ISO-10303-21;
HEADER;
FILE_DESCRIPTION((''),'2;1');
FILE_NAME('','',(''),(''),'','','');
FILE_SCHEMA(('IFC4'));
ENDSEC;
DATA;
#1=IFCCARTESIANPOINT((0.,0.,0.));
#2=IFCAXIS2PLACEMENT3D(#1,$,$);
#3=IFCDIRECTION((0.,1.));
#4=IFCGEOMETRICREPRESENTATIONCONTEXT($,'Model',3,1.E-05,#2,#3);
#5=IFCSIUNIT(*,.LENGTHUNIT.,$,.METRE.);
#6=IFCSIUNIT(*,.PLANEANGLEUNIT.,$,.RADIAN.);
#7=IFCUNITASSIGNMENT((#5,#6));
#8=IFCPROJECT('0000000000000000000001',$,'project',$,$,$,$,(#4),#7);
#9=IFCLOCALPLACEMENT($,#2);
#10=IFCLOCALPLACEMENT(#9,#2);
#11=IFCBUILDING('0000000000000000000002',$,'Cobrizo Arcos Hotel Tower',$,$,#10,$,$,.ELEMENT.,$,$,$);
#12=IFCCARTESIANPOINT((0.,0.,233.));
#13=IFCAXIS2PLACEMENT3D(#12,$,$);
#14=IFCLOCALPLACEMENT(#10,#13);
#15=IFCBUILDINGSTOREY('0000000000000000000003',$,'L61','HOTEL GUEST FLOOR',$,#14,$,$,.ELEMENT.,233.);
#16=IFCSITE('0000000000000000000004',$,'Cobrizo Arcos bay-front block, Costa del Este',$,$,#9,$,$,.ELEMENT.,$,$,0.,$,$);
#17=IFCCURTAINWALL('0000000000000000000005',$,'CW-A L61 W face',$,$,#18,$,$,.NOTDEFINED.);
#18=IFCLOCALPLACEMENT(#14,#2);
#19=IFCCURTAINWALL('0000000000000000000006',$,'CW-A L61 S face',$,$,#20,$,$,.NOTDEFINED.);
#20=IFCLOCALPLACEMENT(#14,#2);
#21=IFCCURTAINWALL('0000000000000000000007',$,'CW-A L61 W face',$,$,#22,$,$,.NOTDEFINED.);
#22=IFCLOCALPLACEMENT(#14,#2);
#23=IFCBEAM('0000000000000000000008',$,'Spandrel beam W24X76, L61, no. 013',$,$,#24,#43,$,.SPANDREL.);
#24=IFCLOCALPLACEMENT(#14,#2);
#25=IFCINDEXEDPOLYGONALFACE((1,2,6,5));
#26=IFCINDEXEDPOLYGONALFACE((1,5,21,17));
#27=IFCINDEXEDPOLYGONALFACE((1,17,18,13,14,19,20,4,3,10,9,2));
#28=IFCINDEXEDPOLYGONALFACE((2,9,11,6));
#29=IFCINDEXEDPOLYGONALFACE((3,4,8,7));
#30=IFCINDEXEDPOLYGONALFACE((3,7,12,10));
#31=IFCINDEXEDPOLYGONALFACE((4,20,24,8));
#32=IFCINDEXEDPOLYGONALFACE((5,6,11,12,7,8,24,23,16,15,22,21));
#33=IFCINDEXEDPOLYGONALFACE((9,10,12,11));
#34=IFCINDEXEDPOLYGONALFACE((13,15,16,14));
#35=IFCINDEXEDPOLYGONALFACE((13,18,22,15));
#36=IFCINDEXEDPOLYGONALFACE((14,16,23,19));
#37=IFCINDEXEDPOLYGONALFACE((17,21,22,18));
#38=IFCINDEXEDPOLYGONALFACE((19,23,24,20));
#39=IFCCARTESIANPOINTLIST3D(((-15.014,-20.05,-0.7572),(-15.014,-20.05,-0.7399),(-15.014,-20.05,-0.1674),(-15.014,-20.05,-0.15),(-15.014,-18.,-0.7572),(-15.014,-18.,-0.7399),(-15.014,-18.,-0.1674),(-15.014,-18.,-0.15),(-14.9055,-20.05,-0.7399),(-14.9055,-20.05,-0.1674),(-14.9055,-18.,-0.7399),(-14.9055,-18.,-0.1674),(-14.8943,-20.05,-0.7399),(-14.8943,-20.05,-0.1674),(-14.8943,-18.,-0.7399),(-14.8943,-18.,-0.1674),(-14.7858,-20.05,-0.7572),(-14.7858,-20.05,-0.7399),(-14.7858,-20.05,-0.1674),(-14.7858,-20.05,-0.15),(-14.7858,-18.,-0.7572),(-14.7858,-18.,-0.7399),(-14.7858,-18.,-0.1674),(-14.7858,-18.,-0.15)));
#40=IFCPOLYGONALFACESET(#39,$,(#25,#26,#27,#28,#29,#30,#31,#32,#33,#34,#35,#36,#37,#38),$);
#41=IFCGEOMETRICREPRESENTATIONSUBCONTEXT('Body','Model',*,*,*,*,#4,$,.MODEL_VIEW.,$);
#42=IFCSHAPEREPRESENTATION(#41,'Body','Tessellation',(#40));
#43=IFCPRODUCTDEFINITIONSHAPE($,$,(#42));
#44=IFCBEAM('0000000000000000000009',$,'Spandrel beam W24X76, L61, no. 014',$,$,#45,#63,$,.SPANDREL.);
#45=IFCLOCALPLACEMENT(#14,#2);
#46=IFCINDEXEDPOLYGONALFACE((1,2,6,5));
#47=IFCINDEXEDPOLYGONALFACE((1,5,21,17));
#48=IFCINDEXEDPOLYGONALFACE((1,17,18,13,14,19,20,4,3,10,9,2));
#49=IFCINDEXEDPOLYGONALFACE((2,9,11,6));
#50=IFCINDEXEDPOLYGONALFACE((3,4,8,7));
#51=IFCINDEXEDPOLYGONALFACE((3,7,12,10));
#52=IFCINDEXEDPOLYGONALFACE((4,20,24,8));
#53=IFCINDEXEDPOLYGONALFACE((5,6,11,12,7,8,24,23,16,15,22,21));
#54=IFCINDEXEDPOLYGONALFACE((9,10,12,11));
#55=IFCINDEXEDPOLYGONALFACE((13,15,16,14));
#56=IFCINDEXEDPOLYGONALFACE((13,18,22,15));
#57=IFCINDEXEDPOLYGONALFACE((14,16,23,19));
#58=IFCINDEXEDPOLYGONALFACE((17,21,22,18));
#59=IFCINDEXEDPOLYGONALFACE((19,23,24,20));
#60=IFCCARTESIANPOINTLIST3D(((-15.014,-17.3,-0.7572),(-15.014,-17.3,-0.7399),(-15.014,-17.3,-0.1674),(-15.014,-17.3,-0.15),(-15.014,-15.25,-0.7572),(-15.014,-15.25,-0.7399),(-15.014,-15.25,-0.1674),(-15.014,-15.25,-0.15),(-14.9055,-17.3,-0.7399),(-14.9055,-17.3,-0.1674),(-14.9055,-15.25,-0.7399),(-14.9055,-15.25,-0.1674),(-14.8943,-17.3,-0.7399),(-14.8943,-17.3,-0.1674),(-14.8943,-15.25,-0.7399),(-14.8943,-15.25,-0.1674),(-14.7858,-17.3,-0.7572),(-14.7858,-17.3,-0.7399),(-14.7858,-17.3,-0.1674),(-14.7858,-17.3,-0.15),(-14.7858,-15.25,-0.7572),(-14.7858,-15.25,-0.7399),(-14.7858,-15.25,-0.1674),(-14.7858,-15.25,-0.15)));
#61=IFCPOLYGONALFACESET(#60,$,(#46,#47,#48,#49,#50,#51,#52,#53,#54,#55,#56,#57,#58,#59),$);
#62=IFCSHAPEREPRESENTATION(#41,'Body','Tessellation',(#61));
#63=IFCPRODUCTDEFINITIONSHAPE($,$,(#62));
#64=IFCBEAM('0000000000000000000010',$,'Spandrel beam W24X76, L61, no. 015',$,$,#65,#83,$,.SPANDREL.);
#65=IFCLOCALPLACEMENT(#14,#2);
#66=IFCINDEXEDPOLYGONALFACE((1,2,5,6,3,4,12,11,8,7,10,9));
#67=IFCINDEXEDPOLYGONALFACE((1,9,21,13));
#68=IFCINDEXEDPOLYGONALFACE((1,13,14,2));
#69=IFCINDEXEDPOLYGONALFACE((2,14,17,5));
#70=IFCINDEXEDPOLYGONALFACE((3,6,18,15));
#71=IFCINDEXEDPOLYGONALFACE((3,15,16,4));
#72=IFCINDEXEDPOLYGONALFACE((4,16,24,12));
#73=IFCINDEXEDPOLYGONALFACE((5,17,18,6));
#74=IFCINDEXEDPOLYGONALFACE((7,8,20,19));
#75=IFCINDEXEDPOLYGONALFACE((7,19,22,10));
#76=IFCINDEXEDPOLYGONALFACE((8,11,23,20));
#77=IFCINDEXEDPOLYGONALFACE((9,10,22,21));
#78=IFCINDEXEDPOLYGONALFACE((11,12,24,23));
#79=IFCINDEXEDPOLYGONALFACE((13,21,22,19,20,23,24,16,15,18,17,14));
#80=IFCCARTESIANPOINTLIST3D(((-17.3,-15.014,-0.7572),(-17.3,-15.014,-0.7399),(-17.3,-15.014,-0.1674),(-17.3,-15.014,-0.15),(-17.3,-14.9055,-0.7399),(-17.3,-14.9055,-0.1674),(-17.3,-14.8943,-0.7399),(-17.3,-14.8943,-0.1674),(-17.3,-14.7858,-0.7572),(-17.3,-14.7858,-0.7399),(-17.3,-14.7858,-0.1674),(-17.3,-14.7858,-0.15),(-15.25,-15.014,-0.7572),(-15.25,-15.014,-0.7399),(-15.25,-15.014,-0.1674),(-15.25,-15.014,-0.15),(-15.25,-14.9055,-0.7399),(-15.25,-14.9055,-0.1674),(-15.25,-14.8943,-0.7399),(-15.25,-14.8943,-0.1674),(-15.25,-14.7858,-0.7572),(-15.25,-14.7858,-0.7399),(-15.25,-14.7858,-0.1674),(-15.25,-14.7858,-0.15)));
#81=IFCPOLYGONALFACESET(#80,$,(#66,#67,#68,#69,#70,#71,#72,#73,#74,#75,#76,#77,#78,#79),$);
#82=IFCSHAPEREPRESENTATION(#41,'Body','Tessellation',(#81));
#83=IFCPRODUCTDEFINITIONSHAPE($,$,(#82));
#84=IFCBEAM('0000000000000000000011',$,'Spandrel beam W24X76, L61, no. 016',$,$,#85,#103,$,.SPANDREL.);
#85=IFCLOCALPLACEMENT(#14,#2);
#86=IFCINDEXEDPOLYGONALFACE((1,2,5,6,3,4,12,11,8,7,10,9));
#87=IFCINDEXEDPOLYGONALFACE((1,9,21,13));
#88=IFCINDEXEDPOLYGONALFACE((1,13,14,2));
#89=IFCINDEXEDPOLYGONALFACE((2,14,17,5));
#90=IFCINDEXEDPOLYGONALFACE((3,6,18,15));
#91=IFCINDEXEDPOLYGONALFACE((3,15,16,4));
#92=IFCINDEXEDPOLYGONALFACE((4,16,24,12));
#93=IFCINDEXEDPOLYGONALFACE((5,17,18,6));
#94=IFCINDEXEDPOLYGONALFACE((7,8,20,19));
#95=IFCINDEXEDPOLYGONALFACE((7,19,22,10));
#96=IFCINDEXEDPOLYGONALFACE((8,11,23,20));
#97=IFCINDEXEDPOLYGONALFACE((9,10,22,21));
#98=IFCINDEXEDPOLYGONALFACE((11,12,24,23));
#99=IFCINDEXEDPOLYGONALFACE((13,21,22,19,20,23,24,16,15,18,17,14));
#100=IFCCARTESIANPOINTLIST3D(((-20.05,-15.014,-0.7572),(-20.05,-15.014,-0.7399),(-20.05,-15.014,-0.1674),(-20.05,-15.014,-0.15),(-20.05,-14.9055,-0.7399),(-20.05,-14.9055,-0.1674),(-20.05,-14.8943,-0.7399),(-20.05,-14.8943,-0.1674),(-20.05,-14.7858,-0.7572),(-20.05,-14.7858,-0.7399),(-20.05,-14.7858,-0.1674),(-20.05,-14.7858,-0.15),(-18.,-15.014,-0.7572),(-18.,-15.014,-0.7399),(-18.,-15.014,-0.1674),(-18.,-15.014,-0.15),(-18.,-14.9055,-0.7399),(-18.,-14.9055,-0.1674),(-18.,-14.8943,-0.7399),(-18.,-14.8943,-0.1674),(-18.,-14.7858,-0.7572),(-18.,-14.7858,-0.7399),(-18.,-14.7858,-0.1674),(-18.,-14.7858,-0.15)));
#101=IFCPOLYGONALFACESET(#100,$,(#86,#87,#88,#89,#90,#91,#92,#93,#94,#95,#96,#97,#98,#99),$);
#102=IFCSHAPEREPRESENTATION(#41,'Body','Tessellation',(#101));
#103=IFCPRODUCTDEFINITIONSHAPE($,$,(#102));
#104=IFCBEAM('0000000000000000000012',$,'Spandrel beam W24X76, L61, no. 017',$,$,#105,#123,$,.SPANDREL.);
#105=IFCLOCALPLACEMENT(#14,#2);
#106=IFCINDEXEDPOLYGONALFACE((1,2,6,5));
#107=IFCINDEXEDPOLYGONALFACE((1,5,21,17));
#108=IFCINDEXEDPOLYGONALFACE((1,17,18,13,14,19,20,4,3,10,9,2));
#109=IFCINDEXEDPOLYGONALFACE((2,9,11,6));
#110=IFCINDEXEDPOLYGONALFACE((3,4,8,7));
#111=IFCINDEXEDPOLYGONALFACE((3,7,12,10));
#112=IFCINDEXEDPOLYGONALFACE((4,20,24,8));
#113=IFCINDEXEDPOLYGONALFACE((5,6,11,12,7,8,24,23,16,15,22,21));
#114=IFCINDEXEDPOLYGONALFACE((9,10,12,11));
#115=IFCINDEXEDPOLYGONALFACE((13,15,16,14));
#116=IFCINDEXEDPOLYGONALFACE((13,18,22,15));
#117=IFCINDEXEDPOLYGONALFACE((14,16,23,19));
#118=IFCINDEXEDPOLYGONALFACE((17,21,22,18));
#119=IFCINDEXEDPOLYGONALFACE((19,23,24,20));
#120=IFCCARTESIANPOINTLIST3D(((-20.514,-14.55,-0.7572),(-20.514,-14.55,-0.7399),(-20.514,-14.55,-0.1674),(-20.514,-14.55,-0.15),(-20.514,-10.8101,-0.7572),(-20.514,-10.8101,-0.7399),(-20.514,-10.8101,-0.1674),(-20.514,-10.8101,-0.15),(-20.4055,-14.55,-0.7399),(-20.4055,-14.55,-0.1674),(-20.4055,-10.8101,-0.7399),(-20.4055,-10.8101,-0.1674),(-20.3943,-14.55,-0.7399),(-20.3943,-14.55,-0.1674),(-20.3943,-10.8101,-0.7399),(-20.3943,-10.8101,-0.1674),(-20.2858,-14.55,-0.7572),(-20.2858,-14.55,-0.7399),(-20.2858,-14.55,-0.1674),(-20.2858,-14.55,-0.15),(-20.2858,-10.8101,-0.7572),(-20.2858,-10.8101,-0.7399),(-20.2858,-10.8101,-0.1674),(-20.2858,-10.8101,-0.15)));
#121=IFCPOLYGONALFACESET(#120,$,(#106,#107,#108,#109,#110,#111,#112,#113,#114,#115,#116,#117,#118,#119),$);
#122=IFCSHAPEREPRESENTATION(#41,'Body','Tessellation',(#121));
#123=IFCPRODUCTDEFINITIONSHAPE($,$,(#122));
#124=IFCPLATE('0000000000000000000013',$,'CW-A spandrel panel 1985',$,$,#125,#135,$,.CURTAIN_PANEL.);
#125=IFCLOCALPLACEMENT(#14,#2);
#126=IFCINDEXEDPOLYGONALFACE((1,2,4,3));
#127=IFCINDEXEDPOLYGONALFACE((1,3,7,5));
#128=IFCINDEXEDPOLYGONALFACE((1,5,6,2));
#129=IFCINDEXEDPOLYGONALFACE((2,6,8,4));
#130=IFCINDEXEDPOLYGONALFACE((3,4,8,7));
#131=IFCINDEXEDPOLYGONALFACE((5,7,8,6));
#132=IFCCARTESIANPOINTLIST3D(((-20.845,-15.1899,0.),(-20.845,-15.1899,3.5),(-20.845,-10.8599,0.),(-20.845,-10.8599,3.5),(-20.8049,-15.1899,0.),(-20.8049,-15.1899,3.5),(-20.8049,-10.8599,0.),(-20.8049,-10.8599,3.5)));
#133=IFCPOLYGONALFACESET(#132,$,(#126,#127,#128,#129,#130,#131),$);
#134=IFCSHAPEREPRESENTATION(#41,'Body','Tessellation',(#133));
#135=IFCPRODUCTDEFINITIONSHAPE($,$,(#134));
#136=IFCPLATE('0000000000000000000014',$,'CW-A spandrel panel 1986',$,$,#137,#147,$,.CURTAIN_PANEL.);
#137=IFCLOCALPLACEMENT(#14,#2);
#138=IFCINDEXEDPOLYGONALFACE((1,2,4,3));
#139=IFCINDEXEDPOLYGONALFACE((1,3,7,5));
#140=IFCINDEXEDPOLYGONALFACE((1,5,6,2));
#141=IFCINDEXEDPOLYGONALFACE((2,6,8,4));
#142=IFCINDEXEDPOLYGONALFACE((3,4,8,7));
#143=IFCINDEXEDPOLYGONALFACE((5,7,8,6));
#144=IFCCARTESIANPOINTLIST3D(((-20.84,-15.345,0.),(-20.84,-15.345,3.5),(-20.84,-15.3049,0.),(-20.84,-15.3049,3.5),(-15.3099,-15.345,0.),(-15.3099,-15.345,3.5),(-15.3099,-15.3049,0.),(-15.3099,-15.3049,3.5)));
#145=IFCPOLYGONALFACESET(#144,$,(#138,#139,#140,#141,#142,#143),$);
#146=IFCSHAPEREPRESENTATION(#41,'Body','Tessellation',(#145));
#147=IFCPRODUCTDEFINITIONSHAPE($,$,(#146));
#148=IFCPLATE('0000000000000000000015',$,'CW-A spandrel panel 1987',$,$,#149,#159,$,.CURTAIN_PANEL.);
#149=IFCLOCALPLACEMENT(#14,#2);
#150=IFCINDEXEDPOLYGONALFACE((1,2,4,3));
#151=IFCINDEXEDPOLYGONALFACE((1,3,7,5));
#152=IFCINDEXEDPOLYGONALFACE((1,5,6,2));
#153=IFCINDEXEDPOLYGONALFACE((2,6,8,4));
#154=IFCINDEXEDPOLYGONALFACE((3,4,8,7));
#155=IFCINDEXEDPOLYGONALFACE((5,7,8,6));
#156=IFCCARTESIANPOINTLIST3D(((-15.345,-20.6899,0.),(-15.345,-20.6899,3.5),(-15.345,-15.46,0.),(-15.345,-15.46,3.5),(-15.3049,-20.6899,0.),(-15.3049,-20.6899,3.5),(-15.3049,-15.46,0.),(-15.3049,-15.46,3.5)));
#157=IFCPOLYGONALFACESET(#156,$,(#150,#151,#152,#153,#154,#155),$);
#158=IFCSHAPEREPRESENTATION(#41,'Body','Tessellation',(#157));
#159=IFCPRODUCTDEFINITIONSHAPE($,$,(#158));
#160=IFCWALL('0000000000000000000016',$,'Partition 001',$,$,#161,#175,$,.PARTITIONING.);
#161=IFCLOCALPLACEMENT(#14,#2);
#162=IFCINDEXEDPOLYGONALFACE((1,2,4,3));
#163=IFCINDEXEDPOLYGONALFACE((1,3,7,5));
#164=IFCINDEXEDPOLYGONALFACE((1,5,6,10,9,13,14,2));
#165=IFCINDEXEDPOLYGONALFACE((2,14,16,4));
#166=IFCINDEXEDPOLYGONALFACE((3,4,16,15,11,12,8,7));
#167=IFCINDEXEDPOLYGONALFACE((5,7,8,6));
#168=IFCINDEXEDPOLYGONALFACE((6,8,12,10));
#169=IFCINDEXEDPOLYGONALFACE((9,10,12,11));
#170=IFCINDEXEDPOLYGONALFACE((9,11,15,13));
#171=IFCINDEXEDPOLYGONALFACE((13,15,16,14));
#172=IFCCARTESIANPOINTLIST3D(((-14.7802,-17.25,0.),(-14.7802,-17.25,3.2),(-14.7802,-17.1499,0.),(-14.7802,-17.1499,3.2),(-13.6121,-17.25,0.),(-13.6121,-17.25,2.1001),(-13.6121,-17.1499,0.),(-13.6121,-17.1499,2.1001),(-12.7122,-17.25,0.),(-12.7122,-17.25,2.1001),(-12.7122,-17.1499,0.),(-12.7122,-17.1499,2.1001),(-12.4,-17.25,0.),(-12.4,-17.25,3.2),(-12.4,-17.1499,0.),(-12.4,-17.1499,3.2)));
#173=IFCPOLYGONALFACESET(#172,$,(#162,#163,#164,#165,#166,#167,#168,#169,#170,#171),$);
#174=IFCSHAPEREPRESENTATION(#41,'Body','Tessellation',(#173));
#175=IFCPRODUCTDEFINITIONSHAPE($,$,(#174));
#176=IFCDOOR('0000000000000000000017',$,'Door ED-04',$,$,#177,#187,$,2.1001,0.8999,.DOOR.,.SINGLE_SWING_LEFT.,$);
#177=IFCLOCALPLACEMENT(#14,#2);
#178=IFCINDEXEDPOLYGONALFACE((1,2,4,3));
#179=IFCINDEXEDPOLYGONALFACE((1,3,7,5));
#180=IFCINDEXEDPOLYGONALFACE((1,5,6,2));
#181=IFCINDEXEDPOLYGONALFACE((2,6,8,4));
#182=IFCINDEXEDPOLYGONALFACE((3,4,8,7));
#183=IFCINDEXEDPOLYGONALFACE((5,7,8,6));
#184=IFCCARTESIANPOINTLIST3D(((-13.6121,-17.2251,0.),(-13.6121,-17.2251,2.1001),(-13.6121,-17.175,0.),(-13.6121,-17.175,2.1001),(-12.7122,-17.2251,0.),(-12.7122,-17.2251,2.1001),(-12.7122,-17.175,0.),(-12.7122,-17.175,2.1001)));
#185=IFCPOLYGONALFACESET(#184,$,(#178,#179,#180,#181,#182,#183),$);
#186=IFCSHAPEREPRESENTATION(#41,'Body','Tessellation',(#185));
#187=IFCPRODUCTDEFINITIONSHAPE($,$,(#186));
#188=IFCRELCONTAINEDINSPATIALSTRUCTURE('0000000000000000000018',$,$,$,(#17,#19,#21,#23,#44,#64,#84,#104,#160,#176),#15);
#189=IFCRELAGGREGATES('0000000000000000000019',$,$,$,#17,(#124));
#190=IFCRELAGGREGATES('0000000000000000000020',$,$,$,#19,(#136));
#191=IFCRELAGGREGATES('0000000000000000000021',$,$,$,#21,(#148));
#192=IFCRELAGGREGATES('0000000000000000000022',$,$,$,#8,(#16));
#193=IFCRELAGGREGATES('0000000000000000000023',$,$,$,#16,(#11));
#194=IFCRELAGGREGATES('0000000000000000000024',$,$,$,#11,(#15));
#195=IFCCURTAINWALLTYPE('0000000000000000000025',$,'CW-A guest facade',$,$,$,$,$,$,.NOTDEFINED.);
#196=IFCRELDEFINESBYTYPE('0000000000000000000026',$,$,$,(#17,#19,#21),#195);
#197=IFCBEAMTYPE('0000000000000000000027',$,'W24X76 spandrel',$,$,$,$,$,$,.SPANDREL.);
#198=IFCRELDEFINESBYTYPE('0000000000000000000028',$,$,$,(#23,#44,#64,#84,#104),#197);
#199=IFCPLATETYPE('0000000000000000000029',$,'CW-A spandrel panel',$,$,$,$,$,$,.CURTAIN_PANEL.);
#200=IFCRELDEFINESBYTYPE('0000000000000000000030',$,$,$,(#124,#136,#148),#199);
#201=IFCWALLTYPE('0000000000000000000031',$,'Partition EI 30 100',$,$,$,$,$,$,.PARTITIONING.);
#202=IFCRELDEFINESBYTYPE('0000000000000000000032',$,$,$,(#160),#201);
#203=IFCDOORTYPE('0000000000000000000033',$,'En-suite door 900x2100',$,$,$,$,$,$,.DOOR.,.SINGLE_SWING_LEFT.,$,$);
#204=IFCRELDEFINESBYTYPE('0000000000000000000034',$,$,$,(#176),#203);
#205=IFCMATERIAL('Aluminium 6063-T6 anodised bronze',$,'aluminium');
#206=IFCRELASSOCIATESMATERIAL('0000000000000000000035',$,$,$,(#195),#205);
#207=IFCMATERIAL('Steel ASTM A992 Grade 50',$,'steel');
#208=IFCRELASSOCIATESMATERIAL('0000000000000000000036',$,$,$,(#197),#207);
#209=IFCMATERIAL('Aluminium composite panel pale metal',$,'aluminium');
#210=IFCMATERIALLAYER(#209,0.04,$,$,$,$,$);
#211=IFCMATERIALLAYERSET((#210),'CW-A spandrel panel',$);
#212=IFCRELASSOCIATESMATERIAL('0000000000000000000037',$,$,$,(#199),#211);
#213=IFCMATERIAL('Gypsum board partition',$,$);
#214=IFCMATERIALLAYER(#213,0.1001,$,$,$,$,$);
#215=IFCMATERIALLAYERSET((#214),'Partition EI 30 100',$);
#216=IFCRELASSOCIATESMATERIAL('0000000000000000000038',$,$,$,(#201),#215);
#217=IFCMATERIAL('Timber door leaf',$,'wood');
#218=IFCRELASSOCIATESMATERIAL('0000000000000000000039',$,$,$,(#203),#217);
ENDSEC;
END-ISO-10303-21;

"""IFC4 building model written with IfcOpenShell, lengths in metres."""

from ifc_helpers import new_model, si_unit, direction, frame, frame_2d, origin, origin_2d, place, context, subcontext, project, spatial, rectangle, i_section, extrude, material, layer, layer_set, material_profile, profile_set, type_object, element, fill, aggregate, save


model = new_model("IFC4")

# Units and contexts
model_context = context("Model", 3, precision=1e-05, world=origin(), true_north=direction((0.0, 1.0)))
body_context = subcontext(model_context, "Body", "Model", "MODEL_VIEW")
ifc_project = project(units=[si_unit("LENGTHUNIT", "METRE"), si_unit("PLANEANGLEUNIT", "RADIAN")], contexts=[model_context])

# Site, building, storey
site_placement = place(None, origin())
site = spatial("IfcSite", under=ifc_project, at=site_placement, Name="Cobrizo Arcos bay-front block, Costa del Este", CompositionType="ELEMENT", RefElevation=0.0)
building_placement = place(site_placement, origin())
building = spatial("IfcBuilding", under=site, at=building_placement, Name="Cobrizo Arcos Hotel Tower", CompositionType="ELEMENT")
storey_placement = place(building_placement, frame((0.0, 0.0, 233.0)))
storey = spatial("IfcBuildingStorey", under=building, at=storey_placement, Name="L61", Description="HOTEL GUEST FLOOR", CompositionType="ELEMENT", Elevation=233.0)

# Curtain wall
ifc_material_1 = material(Name="Aluminium 6063-T6 anodised bronze", Category="aluminium")
curtain_wall_type = type_object("IfcCurtainWallType", Name="CW-A guest facade", PredefinedType="NOTDEFINED", material=ifc_material_1)
curtain_wall_1_placement = place(storey_placement, origin())
curtain_wall_1 = element("IfcCurtainWall", 1, at=curtain_wall_1_placement, inside=storey, type_object=curtain_wall_type, Name="CW-A L61 W face", PredefinedType="NOTDEFINED")

# Curtain walls
curtain_wall_2_placement = place(storey_placement, origin())
curtain_wall_2 = element("IfcCurtainWall", 2, at=curtain_wall_2_placement, inside=storey, type_object=curtain_wall_type, Name="CW-A L61 S face", PredefinedType="NOTDEFINED")
curtain_wall_3_placement = place(storey_placement, origin())
curtain_wall_3 = element("IfcCurtainWall", 3, at=curtain_wall_3_placement, inside=storey, type_object=curtain_wall_type, Name="CW-A L61 W face", PredefinedType="NOTDEFINED")

# Beams
ifc_material_2 = material(Name="Steel ASTM A992 Grade 50", Category="steel")
ifc_material_profile_1 = material_profile(ifc_material_2, i_section(OverallWidth=0.2283, OverallDepth=0.6072, WebThickness=0.0112, FlangeThickness=0.0173, at=origin_2d()), Name="W24X76")
ifc_profile_set_1 = profile_set([ifc_material_profile_1], Name="Steel ASTM A992 Grade 50")
beam_type_1 = type_object("IfcBeamType", Name="W24X76 spandrel", PredefinedType="SPANDREL", material=ifc_profile_set_1)
for number, where, z_axis, x_axis, name in (
    (4, (-14.8999, -20.05, -0.4536), (0.0, 1.0, 0.0), (-1.0, 0.0, 0.0), "Spandrel beam W24X76, L61, no. 013"),
    (5, (-14.8999, -17.3, -0.4536), (0.0, 1.0, 0.0), (-1.0, 0.0, 0.0), "Spandrel beam W24X76, L61, no. 014"),
    (6, (-15.25, -14.8999, -0.4536), (-1.0, 0.0, 0.0), (0.0, -1.0, 0.0), "Spandrel beam W24X76, L61, no. 015"),
    (7, (-18.0, -14.8999, -0.4536), (-1.0, 0.0, 0.0), (0.0, -1.0, 0.0), "Spandrel beam W24X76, L61, no. 016"),
):
    element("IfcBeam", number, at=place(storey_placement, frame(where, z_axis=z_axis, x_axis=x_axis)), inside=storey, type_object=beam_type_1, Name=name, PredefinedType="SPANDREL", context=body_context, shape_type="SweptSolid", body=[
        extrude(i_section(OverallWidth=0.2283, OverallDepth=0.6072, WebThickness=0.0112, FlangeThickness=0.0173, at=origin_2d()), origin(), (0.0, 0.0, 1.0), 2.05),
    ])
beam_1_placement = place(storey_placement, frame((-20.3999, -14.55, -0.4536), z_axis=(0.0, 1.0, 0.0), x_axis=(-1.0, 0.0, 0.0)))
element("IfcBeam", 8, at=beam_1_placement, inside=storey, type_object=beam_type_1, Name="Spandrel beam W24X76, L61, no. 017", PredefinedType="SPANDREL", context=body_context, shape_type="SweptSolid", body=[
    extrude(i_section(OverallWidth=0.2283, OverallDepth=0.6072, WebThickness=0.0112, FlangeThickness=0.0173, at=origin_2d()), origin(), (0.0, 0.0, 1.0), 3.74),
])

# Plates
ifc_material_3 = material(Name="Aluminium composite panel pale metal", Category="aluminium")
ifc_layer_1 = layer(ifc_material_3, 0.04)
ifc_layer_set_1 = layer_set([ifc_layer_1], Name="CW-A spandrel panel")
plate_type = type_object("IfcPlateType", Name="CW-A spandrel panel", PredefinedType="CURTAIN_PANEL", material=ifc_layer_set_1)
plate_1_placement = place(storey_placement, frame((-20.825, -13.0249, 0.0), z_axis=(0.0, 0.0, 1.0), x_axis=(0.0, -1.0, 0.0)))
plate_1 = element("IfcPlate", 9, at=plate_1_placement, type_object=plate_type, Name="CW-A spandrel panel 1985", PredefinedType="CURTAIN_PANEL", context=body_context, shape_type="SweptSolid", body=[
    extrude(rectangle(XDim=4.3301, YDim=0.04, at=origin_2d()), origin(), (0.0, 0.0, 1.0), 3.5),
])
aggregate(curtain_wall_1, [plate_1])
plate_2_placement = place(storey_placement, frame((-18.075, -15.325, 0.0), z_axis=(0.0, 0.0, 1.0), x_axis=(1.0, 0.0, 0.0)))
plate_2 = element("IfcPlate", 10, at=plate_2_placement, type_object=plate_type, Name="CW-A spandrel panel 1986", PredefinedType="CURTAIN_PANEL", context=body_context, shape_type="SweptSolid", body=[
    extrude(rectangle(XDim=5.53, YDim=0.04, at=origin_2d()), origin(), (0.0, 0.0, 1.0), 3.5),
])
aggregate(curtain_wall_2, [plate_2])
plate_3_placement = place(storey_placement, frame((-15.325, -18.075, 0.0), z_axis=(0.0, 0.0, 1.0), x_axis=(0.0, -1.0, 0.0)))
plate_3 = element("IfcPlate", 11, at=plate_3_placement, type_object=plate_type, Name="CW-A spandrel panel 1987", PredefinedType="CURTAIN_PANEL", context=body_context, shape_type="SweptSolid", body=[
    extrude(rectangle(XDim=5.23, YDim=0.04, at=origin_2d()), origin(), (0.0, 0.0, 1.0), 3.5),
])
aggregate(curtain_wall_3, [plate_3])

# Wall, opening, door
ifc_material_4 = material(Name="Gypsum board partition")
ifc_layer_2 = layer(ifc_material_4, 0.1001)
ifc_layer_set_2 = layer_set([ifc_layer_2], Name="Partition EI 30 100")
wall_type = type_object("IfcWallType", Name="Partition EI 30 100", PredefinedType="PARTITIONING", material=ifc_layer_set_2)
wall_placement = place(storey_placement, frame((-14.78, -17.2, 0.0), z_axis=(0.0, 0.0, 1.0), x_axis=(1.0, 0.0, 0.0)))
wall = element("IfcWall", 12, at=wall_placement, inside=storey, type_object=wall_type, Name="Partition 001", PredefinedType="PARTITIONING", context=body_context, shape_type="SweptSolid", body=[
    extrude(rectangle(XDim=2.3801, YDim=0.1001, at=frame_2d((1.1899, 0.0))), origin(), (0.0, 0.0, 1.0), 3.2),
])
opening_placement = place(wall_placement, frame((1.168, 0.0, 0.0)))
opening = element("IfcOpeningElement", 13, at=opening_placement, cuts=wall, PredefinedType="OPENING", context=body_context, shape_type="SweptSolid", body=[
    extrude(rectangle(XDim=0.8999, YDim=2.1001, at=frame_2d((0.45, 1.05))), frame((0.0, 0.062, 0.0), z_axis=(0.0, -1.0, 0.0), x_axis=(1.0, 0.0, 0.0)), (0.0, 0.0, 1.0), 0.124),
])
ifc_material_5 = material(Name="Timber door leaf", Category="wood")
door_type = type_object("IfcDoorType", Name="En-suite door 900x2100", OperationType="SINGLE_SWING_LEFT", PredefinedType="DOOR", material=ifc_material_5)
door_placement = place(opening_placement, origin())
door = element("IfcDoor", 14, at=door_placement, inside=storey, type_object=door_type, Name="Door ED-04", OperationType="SINGLE_SWING_LEFT", OverallHeight=2.1001, OverallWidth=0.8999, PredefinedType="DOOR", context=body_context, shape_type="SweptSolid", body=[
    extrude(rectangle(XDim=0.8999, YDim=2.1001, at=frame_2d((0.45, 1.05))), frame((0.0, 0.0249, 0.0), z_axis=(0.0, -1.0, 0.0), x_axis=(1.0, 0.0, 0.0)), (0.0, 0.0, 1.0), 0.05),
])
fill(opening, door)

save(model, "model.ifc")
